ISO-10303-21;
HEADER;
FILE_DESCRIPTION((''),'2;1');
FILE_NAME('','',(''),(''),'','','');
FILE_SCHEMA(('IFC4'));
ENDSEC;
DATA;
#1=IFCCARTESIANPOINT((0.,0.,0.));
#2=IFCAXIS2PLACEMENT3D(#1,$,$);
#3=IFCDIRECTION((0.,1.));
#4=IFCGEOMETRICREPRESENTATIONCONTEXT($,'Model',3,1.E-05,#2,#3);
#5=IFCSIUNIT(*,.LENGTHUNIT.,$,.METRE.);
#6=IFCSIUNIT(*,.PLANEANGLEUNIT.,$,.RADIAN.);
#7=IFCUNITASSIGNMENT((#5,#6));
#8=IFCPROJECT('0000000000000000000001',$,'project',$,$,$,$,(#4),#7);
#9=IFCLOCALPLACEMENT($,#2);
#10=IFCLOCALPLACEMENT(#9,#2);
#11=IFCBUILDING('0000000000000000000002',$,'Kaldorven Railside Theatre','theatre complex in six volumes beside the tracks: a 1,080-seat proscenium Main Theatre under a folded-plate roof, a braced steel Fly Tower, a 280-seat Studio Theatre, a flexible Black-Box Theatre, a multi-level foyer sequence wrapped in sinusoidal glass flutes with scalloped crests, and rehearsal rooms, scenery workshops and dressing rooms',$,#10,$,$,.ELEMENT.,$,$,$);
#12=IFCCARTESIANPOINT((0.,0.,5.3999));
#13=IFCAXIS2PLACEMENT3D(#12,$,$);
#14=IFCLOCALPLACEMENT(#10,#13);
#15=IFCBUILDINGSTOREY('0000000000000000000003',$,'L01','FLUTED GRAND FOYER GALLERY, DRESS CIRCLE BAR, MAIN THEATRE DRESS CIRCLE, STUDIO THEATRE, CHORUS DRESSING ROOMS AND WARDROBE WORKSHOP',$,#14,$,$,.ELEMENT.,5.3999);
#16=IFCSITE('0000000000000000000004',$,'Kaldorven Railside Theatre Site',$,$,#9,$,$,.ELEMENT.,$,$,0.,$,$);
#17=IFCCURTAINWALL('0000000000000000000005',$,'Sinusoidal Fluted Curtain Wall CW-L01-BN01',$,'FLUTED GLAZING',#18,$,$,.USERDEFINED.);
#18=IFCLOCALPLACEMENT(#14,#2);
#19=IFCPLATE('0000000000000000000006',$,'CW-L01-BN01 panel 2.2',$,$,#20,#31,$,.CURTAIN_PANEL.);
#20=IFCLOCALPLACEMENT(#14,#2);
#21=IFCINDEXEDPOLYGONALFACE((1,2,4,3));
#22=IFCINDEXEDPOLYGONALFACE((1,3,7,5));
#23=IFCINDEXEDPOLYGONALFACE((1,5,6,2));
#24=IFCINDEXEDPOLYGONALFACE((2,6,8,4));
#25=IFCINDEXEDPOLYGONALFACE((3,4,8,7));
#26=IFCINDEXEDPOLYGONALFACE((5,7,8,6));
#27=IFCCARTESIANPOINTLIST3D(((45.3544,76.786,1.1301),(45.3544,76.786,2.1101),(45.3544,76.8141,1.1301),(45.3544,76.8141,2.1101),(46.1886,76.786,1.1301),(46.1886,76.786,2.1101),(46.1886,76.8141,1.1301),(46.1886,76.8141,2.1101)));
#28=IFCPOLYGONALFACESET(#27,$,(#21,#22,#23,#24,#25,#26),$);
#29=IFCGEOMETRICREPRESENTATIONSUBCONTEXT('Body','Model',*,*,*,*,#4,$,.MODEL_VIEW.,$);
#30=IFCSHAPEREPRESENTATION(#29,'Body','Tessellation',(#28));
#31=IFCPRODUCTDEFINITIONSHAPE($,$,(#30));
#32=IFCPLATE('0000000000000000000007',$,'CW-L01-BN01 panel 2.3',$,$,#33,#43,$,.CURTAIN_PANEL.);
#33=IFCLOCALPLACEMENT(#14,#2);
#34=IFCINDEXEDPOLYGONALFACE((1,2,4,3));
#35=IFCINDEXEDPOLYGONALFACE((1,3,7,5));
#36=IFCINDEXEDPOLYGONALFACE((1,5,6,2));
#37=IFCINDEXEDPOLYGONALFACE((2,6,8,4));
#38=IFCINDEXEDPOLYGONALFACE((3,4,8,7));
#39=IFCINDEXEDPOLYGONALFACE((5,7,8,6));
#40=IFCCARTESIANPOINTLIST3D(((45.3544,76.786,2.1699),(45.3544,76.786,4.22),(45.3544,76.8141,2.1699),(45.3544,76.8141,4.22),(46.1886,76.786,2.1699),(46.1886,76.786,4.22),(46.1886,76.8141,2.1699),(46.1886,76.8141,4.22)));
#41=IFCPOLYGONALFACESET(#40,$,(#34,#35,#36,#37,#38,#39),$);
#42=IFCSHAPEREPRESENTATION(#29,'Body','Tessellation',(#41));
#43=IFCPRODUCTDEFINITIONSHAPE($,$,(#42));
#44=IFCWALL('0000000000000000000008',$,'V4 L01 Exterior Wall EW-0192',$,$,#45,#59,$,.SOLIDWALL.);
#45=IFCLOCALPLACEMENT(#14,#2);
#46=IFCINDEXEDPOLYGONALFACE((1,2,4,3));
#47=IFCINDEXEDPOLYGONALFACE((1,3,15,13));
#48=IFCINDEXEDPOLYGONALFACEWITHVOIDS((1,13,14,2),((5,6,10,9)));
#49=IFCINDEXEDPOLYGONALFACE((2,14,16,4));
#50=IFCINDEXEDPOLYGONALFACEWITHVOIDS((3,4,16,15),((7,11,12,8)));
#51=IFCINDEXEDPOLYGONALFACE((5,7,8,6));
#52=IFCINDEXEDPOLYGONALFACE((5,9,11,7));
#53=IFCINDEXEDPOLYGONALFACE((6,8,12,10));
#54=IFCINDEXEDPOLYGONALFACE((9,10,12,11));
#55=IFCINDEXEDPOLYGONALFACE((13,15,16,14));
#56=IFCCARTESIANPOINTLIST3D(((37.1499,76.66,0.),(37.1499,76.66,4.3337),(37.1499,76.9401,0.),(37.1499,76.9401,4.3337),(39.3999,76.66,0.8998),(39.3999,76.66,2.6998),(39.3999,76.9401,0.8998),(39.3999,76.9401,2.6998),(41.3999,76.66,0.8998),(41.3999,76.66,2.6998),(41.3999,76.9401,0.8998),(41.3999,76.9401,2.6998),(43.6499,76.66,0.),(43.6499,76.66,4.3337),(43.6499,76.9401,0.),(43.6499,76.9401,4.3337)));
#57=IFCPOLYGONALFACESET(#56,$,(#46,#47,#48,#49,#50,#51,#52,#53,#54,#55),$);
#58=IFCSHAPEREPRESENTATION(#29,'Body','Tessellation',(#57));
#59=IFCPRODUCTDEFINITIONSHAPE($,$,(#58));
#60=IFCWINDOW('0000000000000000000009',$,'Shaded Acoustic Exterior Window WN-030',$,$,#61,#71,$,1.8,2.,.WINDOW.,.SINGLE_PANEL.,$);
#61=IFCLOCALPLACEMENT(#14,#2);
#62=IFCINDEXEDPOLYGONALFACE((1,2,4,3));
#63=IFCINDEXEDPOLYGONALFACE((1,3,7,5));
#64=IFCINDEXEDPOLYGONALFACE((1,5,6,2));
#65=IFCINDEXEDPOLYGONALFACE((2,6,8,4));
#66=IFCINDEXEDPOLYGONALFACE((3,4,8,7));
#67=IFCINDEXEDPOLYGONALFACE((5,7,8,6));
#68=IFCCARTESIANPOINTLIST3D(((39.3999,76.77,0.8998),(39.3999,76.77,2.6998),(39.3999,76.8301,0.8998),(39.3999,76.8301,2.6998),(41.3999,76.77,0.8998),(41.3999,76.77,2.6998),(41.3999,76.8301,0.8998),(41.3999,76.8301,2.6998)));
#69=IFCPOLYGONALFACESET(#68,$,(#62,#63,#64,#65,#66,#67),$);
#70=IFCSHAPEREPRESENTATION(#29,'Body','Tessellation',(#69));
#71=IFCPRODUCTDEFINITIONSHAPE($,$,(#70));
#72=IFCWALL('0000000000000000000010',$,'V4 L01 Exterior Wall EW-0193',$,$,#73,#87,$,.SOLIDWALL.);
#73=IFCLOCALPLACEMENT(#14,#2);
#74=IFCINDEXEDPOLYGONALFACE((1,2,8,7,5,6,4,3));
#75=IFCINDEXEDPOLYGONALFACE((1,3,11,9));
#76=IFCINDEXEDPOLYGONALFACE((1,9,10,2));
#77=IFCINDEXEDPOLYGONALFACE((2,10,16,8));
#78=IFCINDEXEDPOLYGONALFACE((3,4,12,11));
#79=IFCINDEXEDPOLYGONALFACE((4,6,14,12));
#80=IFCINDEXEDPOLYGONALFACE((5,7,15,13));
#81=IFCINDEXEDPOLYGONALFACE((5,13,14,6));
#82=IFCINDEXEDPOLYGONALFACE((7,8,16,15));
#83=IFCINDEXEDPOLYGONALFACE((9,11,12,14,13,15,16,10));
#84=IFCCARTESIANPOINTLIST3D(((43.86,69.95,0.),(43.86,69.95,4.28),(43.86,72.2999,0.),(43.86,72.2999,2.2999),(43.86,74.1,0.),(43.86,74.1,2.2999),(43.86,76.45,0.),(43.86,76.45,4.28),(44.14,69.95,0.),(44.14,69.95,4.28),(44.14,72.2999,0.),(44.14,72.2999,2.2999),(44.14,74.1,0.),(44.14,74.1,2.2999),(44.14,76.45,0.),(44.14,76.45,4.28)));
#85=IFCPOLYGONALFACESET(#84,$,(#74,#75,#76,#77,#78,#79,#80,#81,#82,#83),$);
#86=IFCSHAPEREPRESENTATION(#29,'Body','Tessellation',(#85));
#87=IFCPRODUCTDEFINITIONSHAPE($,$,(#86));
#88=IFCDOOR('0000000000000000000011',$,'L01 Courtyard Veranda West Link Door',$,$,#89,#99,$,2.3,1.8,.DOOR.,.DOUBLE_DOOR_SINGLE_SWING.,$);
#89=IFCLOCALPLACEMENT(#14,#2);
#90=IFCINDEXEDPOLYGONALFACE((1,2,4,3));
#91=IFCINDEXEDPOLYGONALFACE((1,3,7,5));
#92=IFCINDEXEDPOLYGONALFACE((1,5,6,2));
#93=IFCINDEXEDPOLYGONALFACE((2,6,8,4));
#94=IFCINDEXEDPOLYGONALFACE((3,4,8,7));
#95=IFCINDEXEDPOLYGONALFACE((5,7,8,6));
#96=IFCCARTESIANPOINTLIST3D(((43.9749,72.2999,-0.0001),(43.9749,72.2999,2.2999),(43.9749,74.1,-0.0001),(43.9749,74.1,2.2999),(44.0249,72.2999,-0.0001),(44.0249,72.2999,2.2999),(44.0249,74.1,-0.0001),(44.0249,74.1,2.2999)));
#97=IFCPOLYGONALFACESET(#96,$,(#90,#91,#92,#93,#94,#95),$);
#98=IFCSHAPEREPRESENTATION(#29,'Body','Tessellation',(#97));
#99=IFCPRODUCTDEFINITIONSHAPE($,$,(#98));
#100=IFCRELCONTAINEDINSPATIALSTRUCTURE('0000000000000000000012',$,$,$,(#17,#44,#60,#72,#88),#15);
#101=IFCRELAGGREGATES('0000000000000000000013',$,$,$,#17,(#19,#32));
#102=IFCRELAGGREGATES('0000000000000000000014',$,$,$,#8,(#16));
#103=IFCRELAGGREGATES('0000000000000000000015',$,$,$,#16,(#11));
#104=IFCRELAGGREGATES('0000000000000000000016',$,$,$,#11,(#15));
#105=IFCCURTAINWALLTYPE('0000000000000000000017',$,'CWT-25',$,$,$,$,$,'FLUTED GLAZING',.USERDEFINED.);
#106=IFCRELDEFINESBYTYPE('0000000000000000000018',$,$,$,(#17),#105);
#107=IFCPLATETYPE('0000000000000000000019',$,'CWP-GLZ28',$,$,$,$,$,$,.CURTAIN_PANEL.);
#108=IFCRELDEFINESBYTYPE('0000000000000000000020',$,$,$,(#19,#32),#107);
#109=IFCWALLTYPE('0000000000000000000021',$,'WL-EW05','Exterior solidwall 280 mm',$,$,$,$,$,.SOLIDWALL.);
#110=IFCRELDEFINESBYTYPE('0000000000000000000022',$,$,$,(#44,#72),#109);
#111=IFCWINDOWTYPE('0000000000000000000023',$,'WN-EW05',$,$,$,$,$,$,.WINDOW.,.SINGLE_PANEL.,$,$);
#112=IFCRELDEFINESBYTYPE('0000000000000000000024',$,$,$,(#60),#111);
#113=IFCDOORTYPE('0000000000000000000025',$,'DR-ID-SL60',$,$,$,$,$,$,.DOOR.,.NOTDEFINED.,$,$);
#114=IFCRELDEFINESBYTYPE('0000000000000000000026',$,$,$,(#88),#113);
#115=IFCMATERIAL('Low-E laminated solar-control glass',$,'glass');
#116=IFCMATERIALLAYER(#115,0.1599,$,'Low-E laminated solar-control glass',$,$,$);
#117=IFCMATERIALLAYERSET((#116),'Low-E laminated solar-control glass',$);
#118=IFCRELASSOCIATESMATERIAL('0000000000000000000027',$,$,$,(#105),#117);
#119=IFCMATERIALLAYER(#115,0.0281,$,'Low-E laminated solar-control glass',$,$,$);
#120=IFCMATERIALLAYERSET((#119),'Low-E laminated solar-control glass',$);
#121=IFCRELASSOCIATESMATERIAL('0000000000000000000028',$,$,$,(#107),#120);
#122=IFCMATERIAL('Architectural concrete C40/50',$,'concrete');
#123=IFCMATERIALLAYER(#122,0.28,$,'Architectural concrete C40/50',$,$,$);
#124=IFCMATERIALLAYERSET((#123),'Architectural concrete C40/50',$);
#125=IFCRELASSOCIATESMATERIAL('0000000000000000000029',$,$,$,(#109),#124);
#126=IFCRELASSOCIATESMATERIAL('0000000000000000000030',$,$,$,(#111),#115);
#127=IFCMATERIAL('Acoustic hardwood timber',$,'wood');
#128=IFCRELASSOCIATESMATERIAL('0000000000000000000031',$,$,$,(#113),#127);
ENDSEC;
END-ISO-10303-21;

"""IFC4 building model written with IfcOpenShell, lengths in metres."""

from ifc_helpers import new_model, si_unit, direction, frame, frame_2d, origin, origin_2d, place, context, subcontext, project, spatial, rectangle, extrude, material, layer, layer_set, type_object, element, fill, aggregate, save


model = new_model("IFC4")

# Units and contexts
model_context = context("Model", 3, precision=1e-05, world=origin(), true_north=direction((0.0, 1.0)))
body_context = subcontext(model_context, "Body", "Model", "MODEL_VIEW")
ifc_project = project(units=[si_unit("LENGTHUNIT", "METRE"), si_unit("PLANEANGLEUNIT", "RADIAN")], contexts=[model_context])

# Site, building, storey
site_placement = place(None, origin())
site = spatial("IfcSite", under=ifc_project, at=site_placement, Name="Kaldorven Railside Theatre Site", CompositionType="ELEMENT", RefElevation=0.0)
building_placement = place(site_placement, origin())
building = spatial("IfcBuilding", under=site, at=building_placement, Name="Kaldorven Railside Theatre", Description="theatre complex in six volumes beside the tracks: a 1,080-seat proscenium Main Theatre under a folded-plate roof, a braced steel Fly Tower, a 280-seat Studio Theatre, a flexible Black-Box Theatre, a multi-level foyer sequence wrapped in sinusoidal glass flutes with scalloped crests, and rehearsal rooms, scenery workshops and dressing rooms", CompositionType="ELEMENT")
storey_placement = place(building_placement, frame((0.0, 0.0, 5.3999)))
storey = spatial("IfcBuildingStorey", under=building, at=storey_placement, Name="L01", Description="FLUTED GRAND FOYER GALLERY, DRESS CIRCLE BAR, MAIN THEATRE DRESS CIRCLE, STUDIO THEATRE, CHORUS DRESSING ROOMS AND WARDROBE WORKSHOP", CompositionType="ELEMENT", Elevation=5.3999)

# Curtain wall, plates
ifc_material_1 = material(Name="Low-E laminated solar-control glass", Category="glass")
ifc_layer_1 = layer(ifc_material_1, 0.1599, Name="Low-E laminated solar-control glass")
ifc_layer_set_1 = layer_set([ifc_layer_1], Name="Low-E laminated solar-control glass")
curtain_wall_type = type_object("IfcCurtainWallType", Name="CWT-25", ElementType="FLUTED GLAZING", PredefinedType="USERDEFINED", material=ifc_layer_set_1)
curtain_wall_placement = place(storey_placement, origin())
curtain_wall = element("IfcCurtainWall", 1, at=curtain_wall_placement, inside=storey, type_object=curtain_wall_type, Name="Sinusoidal Fluted Curtain Wall CW-L01-BN01", ObjectType="FLUTED GLAZING", PredefinedType="USERDEFINED")
ifc_layer_2 = layer(ifc_material_1, 0.0281, Name="Low-E laminated solar-control glass")
ifc_layer_set_2 = layer_set([ifc_layer_2], Name="Low-E laminated solar-control glass")
plate_type = type_object("IfcPlateType", Name="CWP-GLZ28", PredefinedType="CURTAIN_PANEL", material=ifc_layer_set_2)
plate_1_placement = place(storey_placement, frame((45.7715, 76.8, 1.1301), z_axis=(0.0, 0.0, 1.0), x_axis=(1.0, 0.0, 0.0)))
plate_1 = element("IfcPlate", 2, at=plate_1_placement, type_object=plate_type, Name="CW-L01-BN01 panel 2.2", PredefinedType="CURTAIN_PANEL", context=body_context, shape_type="SweptSolid", body=[
    extrude(rectangle(XDim=0.8342, YDim=0.0281, at=origin_2d()), origin(), (0.0, 0.0, 1.0), 0.98),
])
plate_2_placement = place(storey_placement, frame((45.7715, 76.8, 2.1699), z_axis=(0.0, 0.0, 1.0), x_axis=(1.0, 0.0, 0.0)))
plate_2 = element("IfcPlate", 3, at=plate_2_placement, type_object=plate_type, Name="CW-L01-BN01 panel 2.3", PredefinedType="CURTAIN_PANEL", context=body_context, shape_type="SweptSolid", body=[
    extrude(rectangle(XDim=0.8342, YDim=0.0281, at=origin_2d()), origin(), (0.0, 0.0, 1.0), 2.05),
])
aggregate(curtain_wall, [plate_1, plate_2])

# Wall, opening, window
ifc_material_2 = material(Name="Architectural concrete C40/50", Category="concrete")
ifc_layer_3 = layer(ifc_material_2, 0.28, Name="Architectural concrete C40/50")
ifc_layer_set_3 = layer_set([ifc_layer_3], Name="Architectural concrete C40/50")
wall_type = type_object("IfcWallType", Name="WL-EW05", Description="Exterior solidwall 280 mm", PredefinedType="SOLIDWALL", material=ifc_layer_set_3)
wall_1_placement = place(storey_placement, frame((37.1499, 76.8, 0.0), z_axis=(0.0, 0.0, 1.0), x_axis=(1.0, 0.0, 0.0)))
wall_1 = element("IfcWall", 4, at=wall_1_placement, inside=storey, type_object=wall_type, Name="V4 L01 Exterior Wall EW-0192", PredefinedType="SOLIDWALL", context=body_context, shape_type="SweptSolid", body=[
    extrude(rectangle(XDim=6.5, YDim=0.28, at=frame_2d((3.25, 0.0))), origin(), (0.0, 0.0, 1.0), 4.3337),
])
opening_1_placement = place(wall_1_placement, frame((2.25, 0.0, 0.8999)))
opening_1 = element("IfcOpeningElement", 5, at=opening_1_placement, cuts=wall_1, PredefinedType="OPENING", context=body_context, shape_type="SweptSolid", body=[
    extrude(rectangle(XDim=2.0, YDim=1.8, at=frame_2d((1.0, 0.8999))), frame((0.0, 0.1499, 0.0), z_axis=(0.0, -1.0, 0.0), x_axis=(1.0, 0.0, 0.0)), (0.0, 0.0, 1.0), 0.3),
])
window_type = type_object("IfcWindowType", Name="WN-EW05", PartitioningType="SINGLE_PANEL", PredefinedType="WINDOW", material=ifc_material_1)
window_placement = place(opening_1_placement, origin())
window = element("IfcWindow", 6, at=window_placement, inside=storey, type_object=window_type, Name="Shaded Acoustic Exterior Window WN-030", OverallHeight=1.8, OverallWidth=2.0, PartitioningType="SINGLE_PANEL", PredefinedType="WINDOW", context=body_context, shape_type="SweptSolid", body=[
    extrude(rectangle(XDim=2.0, YDim=1.8, at=frame_2d((1.0, 0.8999))), frame((0.0, 0.03, 0.0), z_axis=(0.0, -1.0, 0.0), x_axis=(1.0, 0.0, 0.0)), (0.0, 0.0, 1.0), 0.0601),
])
fill(opening_1, window)

# Wall, opening, door
wall_2_placement = place(storey_placement, frame((44.0, 76.45, 0.0), z_axis=(0.0, 0.0, 1.0), x_axis=(0.0, -1.0, 0.0)))
wall_2 = element("IfcWall", 7, at=wall_2_placement, inside=storey, type_object=wall_type, Name="V4 L01 Exterior Wall EW-0193", PredefinedType="SOLIDWALL", context=body_context, shape_type="SweptSolid", body=[
    extrude(rectangle(XDim=6.5, YDim=0.28, at=frame_2d((3.25, 0.0))), origin(), (0.0, 0.0, 1.0), 4.28),
])
opening_2_placement = place(wall_2_placement, frame((2.3501, 0.0, 0.0)))
opening_2 = element("IfcOpeningElement", 8, at=opening_2_placement, cuts=wall_2, PredefinedType="OPENING", context=body_context, shape_type="SweptSolid", body=[
    extrude(rectangle(XDim=1.8, YDim=2.3, at=frame_2d((0.8999, 1.1499))), frame((0.0, 0.1499, 0.0), z_axis=(0.0, -1.0, 0.0), x_axis=(1.0, 0.0, 0.0)), (0.0, 0.0, 1.0), 0.3),
])
ifc_material_3 = material(Name="Acoustic hardwood timber", Category="wood")
door_type = type_object("IfcDoorType", Name="DR-ID-SL60", OperationType="NOTDEFINED", PredefinedType="DOOR", material=ifc_material_3)
door_placement = place(opening_2_placement, origin())
door = element("IfcDoor", 9, at=door_placement, inside=storey, type_object=door_type, Name="L01 Courtyard Veranda West Link Door", OperationType="DOUBLE_DOOR_SINGLE_SWING", OverallHeight=2.3, OverallWidth=1.8, PredefinedType="DOOR", context=body_context, shape_type="SweptSolid", body=[
    extrude(rectangle(XDim=1.8, YDim=2.3, at=frame_2d((0.8999, 1.1499))), frame((0.0, 0.0249, 0.0), z_axis=(0.0, -1.0, 0.0), x_axis=(1.0, 0.0, 0.0)), (0.0, 0.0, 1.0), 0.05),
])
fill(opening_2, door)

save(model, "model.ifc")
